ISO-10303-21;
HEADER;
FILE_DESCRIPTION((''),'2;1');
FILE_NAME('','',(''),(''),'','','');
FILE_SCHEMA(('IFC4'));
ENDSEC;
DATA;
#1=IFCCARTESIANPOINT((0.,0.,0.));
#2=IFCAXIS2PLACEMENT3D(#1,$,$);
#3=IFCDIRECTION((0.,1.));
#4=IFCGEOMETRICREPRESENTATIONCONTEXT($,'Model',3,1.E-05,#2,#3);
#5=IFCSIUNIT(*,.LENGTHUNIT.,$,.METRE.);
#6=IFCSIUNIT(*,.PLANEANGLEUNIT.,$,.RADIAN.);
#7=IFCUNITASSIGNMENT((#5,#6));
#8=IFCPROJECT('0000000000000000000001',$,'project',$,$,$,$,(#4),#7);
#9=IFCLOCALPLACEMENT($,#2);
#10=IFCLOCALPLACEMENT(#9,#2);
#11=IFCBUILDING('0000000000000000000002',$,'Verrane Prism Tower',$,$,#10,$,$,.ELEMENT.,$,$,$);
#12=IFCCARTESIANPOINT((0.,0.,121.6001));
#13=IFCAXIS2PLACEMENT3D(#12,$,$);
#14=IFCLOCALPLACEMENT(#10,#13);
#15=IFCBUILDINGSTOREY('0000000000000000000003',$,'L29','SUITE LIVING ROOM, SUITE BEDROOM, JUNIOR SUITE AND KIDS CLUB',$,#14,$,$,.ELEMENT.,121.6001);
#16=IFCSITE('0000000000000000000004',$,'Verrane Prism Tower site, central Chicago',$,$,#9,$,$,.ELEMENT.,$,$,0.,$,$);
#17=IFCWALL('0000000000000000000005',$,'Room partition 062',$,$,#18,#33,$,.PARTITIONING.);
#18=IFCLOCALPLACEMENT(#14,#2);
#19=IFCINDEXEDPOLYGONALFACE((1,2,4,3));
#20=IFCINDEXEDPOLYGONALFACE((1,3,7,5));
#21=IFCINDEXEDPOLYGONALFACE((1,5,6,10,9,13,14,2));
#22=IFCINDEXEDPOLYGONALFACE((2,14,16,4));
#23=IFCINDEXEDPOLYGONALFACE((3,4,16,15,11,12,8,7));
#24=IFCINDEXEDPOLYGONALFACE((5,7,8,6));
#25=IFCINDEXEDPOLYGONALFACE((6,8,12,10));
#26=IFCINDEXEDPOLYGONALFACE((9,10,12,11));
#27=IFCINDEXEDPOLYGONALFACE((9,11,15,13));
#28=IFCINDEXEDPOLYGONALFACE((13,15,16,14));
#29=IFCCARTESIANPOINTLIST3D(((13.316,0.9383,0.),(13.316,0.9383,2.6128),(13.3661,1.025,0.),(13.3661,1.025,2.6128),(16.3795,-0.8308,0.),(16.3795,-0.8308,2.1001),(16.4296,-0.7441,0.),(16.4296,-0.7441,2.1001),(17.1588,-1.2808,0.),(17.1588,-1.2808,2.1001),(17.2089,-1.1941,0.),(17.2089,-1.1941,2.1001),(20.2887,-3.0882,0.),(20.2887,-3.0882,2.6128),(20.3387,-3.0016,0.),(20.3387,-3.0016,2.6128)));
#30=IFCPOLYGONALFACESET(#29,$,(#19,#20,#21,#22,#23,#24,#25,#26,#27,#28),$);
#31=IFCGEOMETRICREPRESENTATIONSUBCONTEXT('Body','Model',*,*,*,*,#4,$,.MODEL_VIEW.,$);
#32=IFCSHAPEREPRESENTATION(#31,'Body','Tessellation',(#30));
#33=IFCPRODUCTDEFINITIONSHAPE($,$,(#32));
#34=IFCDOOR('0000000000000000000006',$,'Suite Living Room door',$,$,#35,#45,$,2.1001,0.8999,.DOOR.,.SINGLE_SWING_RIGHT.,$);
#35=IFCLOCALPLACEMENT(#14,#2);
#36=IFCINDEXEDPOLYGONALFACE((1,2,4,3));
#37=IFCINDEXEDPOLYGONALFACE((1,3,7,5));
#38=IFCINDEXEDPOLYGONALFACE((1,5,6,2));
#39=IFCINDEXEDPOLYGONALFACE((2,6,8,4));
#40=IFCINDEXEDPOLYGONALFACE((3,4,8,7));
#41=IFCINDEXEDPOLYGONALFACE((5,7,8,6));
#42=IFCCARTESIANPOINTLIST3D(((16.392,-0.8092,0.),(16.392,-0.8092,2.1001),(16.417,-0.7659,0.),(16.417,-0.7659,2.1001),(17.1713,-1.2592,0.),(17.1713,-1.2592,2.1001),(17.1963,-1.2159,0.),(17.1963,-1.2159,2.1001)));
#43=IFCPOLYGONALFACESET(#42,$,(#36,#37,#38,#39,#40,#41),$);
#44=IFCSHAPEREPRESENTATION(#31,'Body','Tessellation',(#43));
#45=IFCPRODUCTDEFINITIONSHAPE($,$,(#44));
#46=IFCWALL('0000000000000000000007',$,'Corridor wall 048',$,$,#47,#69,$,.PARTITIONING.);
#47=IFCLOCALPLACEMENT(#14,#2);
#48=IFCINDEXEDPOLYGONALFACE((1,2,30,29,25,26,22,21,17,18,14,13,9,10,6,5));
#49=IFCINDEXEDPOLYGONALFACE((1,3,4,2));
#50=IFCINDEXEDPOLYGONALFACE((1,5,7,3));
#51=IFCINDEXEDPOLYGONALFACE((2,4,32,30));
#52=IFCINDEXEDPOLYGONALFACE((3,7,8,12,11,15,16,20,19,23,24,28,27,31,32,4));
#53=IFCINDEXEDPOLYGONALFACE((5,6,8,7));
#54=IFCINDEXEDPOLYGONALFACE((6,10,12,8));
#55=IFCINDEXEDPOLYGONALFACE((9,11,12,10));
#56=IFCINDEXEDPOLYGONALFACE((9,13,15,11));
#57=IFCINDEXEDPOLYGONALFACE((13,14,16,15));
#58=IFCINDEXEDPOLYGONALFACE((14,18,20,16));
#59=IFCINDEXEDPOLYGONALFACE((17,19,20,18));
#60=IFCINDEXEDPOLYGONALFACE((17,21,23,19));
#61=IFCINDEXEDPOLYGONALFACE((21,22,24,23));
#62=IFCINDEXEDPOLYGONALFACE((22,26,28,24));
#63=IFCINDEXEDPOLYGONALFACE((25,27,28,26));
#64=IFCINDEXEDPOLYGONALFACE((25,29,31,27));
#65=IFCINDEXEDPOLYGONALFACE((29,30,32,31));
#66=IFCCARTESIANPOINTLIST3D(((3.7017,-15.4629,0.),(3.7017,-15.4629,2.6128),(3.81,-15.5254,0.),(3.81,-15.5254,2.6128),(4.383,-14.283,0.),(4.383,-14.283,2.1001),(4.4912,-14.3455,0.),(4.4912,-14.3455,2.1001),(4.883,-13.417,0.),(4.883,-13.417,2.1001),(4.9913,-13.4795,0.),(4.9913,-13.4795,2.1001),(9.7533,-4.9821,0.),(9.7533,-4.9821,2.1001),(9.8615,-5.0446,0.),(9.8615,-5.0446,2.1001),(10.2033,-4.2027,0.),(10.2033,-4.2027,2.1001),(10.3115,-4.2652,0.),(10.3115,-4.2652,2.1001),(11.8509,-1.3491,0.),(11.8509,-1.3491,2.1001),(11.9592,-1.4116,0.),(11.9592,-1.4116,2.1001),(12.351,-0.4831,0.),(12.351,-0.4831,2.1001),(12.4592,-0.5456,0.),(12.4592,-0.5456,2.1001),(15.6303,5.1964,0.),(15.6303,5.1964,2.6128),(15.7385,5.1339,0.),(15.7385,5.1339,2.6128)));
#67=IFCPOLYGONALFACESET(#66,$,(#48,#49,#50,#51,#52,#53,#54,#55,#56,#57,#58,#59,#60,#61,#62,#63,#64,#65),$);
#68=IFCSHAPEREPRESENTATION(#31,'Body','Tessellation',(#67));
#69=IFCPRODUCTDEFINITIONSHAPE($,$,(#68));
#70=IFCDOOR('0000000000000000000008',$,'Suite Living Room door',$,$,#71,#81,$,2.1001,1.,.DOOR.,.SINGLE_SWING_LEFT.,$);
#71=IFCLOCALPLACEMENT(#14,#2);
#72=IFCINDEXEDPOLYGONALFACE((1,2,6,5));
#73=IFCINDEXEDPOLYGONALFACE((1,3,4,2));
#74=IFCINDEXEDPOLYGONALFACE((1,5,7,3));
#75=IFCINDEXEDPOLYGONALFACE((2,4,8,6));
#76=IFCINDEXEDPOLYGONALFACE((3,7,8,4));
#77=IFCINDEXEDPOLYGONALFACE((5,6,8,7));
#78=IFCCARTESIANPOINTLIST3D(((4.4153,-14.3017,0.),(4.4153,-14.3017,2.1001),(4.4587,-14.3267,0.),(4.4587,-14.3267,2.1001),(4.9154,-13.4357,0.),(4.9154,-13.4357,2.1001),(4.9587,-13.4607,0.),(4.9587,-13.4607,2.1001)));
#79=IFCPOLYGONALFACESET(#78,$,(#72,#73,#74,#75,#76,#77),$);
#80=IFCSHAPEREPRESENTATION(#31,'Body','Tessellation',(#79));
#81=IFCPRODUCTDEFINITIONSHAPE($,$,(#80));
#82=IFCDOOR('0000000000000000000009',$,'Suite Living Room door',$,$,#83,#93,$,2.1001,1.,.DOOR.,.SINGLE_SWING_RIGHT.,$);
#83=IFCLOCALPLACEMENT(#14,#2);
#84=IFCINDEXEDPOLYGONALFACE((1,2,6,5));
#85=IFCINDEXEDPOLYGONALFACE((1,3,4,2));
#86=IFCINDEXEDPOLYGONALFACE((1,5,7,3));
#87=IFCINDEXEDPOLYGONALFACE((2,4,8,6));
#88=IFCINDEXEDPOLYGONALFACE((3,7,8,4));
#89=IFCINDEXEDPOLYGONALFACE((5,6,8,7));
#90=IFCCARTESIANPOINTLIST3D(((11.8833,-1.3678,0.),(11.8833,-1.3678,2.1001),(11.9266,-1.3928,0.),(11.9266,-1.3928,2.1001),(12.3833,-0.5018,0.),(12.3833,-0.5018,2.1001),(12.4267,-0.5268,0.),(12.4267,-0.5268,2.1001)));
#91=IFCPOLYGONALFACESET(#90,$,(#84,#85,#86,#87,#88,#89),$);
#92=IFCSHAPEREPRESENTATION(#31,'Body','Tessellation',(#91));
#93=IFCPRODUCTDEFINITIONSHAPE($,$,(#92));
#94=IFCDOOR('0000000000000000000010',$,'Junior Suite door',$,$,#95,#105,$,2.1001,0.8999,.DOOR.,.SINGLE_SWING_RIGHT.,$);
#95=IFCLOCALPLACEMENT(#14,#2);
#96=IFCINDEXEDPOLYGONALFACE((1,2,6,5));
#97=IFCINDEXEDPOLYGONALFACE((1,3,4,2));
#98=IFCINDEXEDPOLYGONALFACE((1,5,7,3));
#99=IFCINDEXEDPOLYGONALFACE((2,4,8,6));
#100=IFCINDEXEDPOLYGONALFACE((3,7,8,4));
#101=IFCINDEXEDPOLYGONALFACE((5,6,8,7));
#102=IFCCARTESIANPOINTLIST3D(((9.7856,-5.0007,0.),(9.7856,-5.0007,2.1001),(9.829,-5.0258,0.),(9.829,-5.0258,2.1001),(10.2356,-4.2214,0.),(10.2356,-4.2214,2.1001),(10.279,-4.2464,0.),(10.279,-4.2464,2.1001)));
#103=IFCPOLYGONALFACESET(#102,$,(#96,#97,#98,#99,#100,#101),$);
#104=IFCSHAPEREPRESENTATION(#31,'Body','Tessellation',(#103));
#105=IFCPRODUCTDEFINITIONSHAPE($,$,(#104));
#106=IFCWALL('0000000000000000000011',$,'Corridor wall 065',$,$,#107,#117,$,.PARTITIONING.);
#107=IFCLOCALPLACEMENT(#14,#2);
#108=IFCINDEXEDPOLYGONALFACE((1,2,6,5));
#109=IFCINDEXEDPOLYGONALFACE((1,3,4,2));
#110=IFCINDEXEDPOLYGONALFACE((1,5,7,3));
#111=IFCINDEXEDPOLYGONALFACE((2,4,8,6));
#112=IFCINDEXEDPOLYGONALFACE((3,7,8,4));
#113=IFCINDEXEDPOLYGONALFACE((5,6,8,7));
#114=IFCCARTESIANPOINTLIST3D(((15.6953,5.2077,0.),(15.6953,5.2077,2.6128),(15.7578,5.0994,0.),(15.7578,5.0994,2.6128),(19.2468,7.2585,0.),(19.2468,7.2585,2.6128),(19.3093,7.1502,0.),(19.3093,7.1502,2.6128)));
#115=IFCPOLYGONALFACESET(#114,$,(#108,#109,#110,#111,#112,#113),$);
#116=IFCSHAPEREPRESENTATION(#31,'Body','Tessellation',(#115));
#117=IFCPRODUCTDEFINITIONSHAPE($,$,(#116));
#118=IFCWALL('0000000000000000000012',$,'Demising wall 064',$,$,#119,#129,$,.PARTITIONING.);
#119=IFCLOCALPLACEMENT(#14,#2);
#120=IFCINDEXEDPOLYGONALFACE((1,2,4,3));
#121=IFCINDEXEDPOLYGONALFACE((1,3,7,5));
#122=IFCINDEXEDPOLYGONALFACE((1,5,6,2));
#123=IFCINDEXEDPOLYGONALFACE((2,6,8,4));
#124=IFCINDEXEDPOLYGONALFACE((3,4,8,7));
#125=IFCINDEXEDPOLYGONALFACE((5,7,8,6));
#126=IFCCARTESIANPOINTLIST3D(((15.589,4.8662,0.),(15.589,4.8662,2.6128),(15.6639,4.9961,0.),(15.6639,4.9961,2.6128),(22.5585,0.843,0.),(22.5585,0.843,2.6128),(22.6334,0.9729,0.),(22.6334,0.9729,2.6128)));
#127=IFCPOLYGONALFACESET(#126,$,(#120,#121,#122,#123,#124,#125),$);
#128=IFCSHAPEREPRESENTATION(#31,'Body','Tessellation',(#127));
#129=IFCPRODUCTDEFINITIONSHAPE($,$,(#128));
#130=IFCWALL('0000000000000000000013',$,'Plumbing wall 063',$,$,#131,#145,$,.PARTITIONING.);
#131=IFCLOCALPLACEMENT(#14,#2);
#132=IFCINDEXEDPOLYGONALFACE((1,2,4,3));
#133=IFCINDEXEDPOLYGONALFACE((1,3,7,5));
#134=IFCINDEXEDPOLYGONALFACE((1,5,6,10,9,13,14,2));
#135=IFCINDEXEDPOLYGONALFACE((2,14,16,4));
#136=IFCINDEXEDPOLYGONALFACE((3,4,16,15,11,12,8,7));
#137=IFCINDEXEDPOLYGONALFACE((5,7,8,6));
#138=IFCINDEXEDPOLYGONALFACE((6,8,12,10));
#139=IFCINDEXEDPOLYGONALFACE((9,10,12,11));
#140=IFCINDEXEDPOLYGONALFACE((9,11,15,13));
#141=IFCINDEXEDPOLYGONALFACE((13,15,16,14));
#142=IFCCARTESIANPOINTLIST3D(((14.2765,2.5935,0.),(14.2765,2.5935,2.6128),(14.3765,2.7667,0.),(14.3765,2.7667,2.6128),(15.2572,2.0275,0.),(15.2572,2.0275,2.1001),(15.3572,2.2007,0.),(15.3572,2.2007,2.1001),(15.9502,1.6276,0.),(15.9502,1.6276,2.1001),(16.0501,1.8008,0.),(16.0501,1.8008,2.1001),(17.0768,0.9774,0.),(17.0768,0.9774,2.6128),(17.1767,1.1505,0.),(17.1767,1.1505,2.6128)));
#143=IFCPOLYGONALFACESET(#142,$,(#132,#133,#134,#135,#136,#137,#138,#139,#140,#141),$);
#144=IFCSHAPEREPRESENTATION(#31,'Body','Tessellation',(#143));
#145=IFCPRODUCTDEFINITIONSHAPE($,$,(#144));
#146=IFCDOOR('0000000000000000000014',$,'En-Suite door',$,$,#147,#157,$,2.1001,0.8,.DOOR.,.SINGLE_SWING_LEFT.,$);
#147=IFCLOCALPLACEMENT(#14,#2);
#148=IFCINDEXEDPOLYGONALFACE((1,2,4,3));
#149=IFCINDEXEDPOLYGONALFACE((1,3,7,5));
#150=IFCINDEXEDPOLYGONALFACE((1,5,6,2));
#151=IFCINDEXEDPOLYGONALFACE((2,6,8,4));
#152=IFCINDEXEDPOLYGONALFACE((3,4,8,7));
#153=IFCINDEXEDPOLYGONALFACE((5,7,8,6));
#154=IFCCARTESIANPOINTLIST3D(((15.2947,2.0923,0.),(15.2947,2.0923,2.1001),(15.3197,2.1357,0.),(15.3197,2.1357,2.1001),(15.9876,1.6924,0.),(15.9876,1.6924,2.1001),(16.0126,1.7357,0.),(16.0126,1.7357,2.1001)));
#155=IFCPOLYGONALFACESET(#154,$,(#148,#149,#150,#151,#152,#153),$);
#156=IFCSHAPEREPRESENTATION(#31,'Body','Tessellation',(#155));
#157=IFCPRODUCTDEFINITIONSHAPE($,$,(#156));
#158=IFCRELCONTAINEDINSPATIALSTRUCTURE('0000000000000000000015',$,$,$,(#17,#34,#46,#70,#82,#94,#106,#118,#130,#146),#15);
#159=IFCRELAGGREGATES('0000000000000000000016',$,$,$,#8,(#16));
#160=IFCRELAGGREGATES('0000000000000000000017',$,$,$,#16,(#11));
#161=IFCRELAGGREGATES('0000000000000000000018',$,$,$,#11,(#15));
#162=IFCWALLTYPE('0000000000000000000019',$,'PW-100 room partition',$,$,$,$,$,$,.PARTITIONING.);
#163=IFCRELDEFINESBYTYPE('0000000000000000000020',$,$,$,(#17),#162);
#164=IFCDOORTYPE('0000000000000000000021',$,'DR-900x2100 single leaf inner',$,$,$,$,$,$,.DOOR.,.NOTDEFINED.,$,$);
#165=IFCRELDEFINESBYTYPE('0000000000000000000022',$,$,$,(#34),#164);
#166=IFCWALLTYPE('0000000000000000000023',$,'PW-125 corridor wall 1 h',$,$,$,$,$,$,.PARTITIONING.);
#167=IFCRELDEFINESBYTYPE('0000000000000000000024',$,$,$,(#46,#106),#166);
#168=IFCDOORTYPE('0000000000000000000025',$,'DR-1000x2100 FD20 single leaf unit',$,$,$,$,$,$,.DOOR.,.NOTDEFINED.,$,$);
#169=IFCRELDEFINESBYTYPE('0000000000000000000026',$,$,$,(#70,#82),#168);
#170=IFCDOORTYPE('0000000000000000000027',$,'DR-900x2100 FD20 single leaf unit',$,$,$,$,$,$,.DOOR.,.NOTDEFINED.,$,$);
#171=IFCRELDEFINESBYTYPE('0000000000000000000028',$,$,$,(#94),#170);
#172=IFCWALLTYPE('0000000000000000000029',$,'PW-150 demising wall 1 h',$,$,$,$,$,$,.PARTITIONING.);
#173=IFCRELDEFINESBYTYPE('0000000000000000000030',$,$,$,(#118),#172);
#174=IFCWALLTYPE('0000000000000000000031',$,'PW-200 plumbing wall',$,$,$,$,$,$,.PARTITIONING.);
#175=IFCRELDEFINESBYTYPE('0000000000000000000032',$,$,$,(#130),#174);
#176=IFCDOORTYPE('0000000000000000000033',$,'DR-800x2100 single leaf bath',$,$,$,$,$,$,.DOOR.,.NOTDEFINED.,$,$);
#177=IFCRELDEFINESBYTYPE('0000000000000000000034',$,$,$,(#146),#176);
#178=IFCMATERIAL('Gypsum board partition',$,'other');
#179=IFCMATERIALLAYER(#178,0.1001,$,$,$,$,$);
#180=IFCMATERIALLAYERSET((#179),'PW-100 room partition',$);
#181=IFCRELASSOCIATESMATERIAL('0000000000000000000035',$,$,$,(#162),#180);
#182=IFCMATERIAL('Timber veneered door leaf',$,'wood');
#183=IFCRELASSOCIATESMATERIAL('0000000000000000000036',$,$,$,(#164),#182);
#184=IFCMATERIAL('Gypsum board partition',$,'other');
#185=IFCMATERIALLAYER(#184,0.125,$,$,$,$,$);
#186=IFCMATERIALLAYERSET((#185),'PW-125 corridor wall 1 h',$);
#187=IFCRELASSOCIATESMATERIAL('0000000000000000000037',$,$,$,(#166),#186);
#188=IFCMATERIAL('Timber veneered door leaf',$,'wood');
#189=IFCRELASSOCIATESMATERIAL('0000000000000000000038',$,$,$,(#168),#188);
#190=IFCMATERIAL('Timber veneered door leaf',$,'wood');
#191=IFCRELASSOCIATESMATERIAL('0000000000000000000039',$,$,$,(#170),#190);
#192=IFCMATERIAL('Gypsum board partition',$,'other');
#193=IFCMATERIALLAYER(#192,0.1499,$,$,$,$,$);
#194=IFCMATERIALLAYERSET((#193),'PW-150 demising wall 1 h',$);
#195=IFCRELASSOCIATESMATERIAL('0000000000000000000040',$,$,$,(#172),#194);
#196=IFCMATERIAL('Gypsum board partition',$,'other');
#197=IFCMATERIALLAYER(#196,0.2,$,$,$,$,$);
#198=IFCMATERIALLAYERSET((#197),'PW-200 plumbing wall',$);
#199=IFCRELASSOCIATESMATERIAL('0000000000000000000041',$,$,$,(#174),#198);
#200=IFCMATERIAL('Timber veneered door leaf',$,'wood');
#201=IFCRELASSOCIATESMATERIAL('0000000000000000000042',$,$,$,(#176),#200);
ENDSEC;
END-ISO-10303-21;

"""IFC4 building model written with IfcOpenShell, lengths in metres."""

from ifc_helpers import new_model, si_unit, direction, frame, frame_2d, origin, place, context, subcontext, project, spatial, rectangle, extrude, material, layer, layer_set, type_object, element, fill, save


model = new_model("IFC4")

# Units and contexts
model_context = context("Model", 3, precision=1e-05, world=origin(), true_north=direction((0.0, 1.0)))
body_context = subcontext(model_context, "Body", "Model", "MODEL_VIEW")
ifc_project = project(units=[si_unit("LENGTHUNIT", "METRE"), si_unit("PLANEANGLEUNIT", "RADIAN")], contexts=[model_context])

# Site, building, storey
site_placement = place(None, origin())
site = spatial("IfcSite", under=ifc_project, at=site_placement, Name="Verrane Prism Tower site, central Chicago", CompositionType="ELEMENT", RefElevation=0.0)
building_placement = place(site_placement, origin())
building = spatial("IfcBuilding", under=site, at=building_placement, Name="Verrane Prism Tower", CompositionType="ELEMENT")
storey_placement = place(building_placement, frame((0.0, 0.0, 121.6001)))
storey = spatial("IfcBuildingStorey", under=building, at=storey_placement, Name="L29", Description="SUITE LIVING ROOM, SUITE BEDROOM, JUNIOR SUITE AND KIDS CLUB", CompositionType="ELEMENT", Elevation=121.6001)

# Wall, opening, door
ifc_material_1 = material(Name="Gypsum board partition", Category="other")
ifc_layer_1 = layer(ifc_material_1, 0.1001)
ifc_layer_set_1 = layer_set([ifc_layer_1], Name="PW-100 room partition")
wall_type_1 = type_object("IfcWallType", Name="PW-100 room partition", PredefinedType="PARTITIONING", material=ifc_layer_set_1)
wall_1_placement = place(storey_placement, frame((13.3411, 0.9817, 0.0), z_axis=(0.0, 0.0, 1.0), x_axis=(0.865975, -0.500088, 0.0)))
wall_1 = element("IfcWall", 1, at=wall_1_placement, inside=storey, type_object=wall_type_1, Name="Room partition 062", PredefinedType="PARTITIONING", context=body_context, shape_type="SweptSolid", body=[
    extrude(rectangle(XDim=8.0518, YDim=0.1001, at=frame_2d((4.0259, 0.0))), origin(), (0.0, 0.0, 1.0), 2.6128),
])
opening_1_placement = place(wall_1_placement, frame((3.5376, 0.0, 0.0)))
opening_1 = element("IfcOpeningElement", 2, at=opening_1_placement, cuts=wall_1, PredefinedType="OPENING", context=body_context, shape_type="SweptSolid", body=[
    extrude(rectangle(XDim=0.8999, YDim=2.1001, at=frame_2d((0.45, 1.05))), frame((0.0, 0.0601, 0.0), z_axis=(0.0, -1.0, 0.0), x_axis=(1.0, 0.0, 0.0)), (0.0, 0.0, 1.0), 0.1201),
])
ifc_material_2 = material(Name="Timber veneered door leaf", Category="wood")
door_type_1 = type_object("IfcDoorType", Name="DR-900x2100 single leaf inner", OperationType="NOTDEFINED", PredefinedType="DOOR", material=ifc_material_2)
door_1_placement = place(opening_1_placement, origin())
door_1 = element("IfcDoor", 3, at=door_1_placement, inside=storey, type_object=door_type_1, Name="Suite Living Room door", OperationType="SINGLE_SWING_RIGHT", OverallHeight=2.1001, OverallWidth=0.8999, PredefinedType="DOOR", context=body_context, shape_type="SweptSolid", body=[
    extrude(rectangle(XDim=0.8999, YDim=2.1001, at=frame_2d((0.45, 1.05))), frame((0.0, 0.0249, 0.0), z_axis=(0.0, -1.0, 0.0), x_axis=(1.0, 0.0, 0.0)), (0.0, 0.0, 1.0), 0.05),
])
fill(opening_1, door_1)

# Wall, openings, doors
ifc_material_3 = material(Name="Gypsum board partition", Category="other")
ifc_layer_2 = layer(ifc_material_3, 0.125)
ifc_layer_set_2 = layer_set([ifc_layer_2], Name="PW-125 corridor wall 1 h")
wall_type_2 = type_object("IfcWallType", Name="PW-125 corridor wall 1 h", PredefinedType="PARTITIONING", material=ifc_layer_set_2)
wall_2_placement = place(storey_placement, frame((15.6843, 5.165, 0.0), z_axis=(0.0, 0.0, 1.0), x_axis=(-0.500028, -0.866009, 0.0)))
wall_2 = element("IfcWall", 4, at=wall_2_placement, inside=storey, type_object=wall_type_2, Name="Corridor wall 048", PredefinedType="PARTITIONING", context=body_context, shape_type="SweptSolid", body=[
    extrude(rectangle(XDim=23.8557, YDim=0.125, at=frame_2d((11.9277, 0.0))), origin(), (0.0, 0.0, 1.0), 2.6128),
])
opening_2_placement = place(wall_2_placement, frame((21.4932, 0.0, 0.0)))
opening_2 = element("IfcOpeningElement", 5, at=opening_2_placement, cuts=wall_2, PredefinedType="OPENING", context=body_context, shape_type="SweptSolid", body=[
    extrude(rectangle(XDim=1.0, YDim=2.1001, at=frame_2d((0.5, 1.05))), frame((0.0, 0.0725, 0.0), z_axis=(0.0, -1.0, 0.0), x_axis=(1.0, 0.0, 0.0)), (0.0, 0.0, 1.0), 0.145),
])
opening_3_placement = place(wall_2_placement, frame((10.8533, 0.0, 0.0)))
opening_3 = element("IfcOpeningElement", 6, at=opening_3_placement, cuts=wall_2, PredefinedType="OPENING", context=body_context, shape_type="SweptSolid", body=[
    extrude(rectangle(XDim=0.8999, YDim=2.1001, at=frame_2d((0.45, 1.05))), frame((0.0, 0.0725, 0.0), z_axis=(0.0, -1.0, 0.0), x_axis=(1.0, 0.0, 0.0)), (0.0, 0.0, 1.0), 0.145),
])
opening_4_placement = place(wall_2_placement, frame((6.5581, 0.0, 0.0)))
opening_4 = element("IfcOpeningElement", 7, at=opening_4_placement, cuts=wall_2, PredefinedType="OPENING", context=body_context, shape_type="SweptSolid", body=[
    extrude(rectangle(XDim=1.0, YDim=2.1001, at=frame_2d((0.5, 1.05))), frame((0.0, 0.0725, 0.0), z_axis=(0.0, -1.0, 0.0), x_axis=(1.0, 0.0, 0.0)), (0.0, 0.0, 1.0), 0.145),
])
ifc_material_4 = material(Name="Timber veneered door leaf", Category="wood")
door_type_2 = type_object("IfcDoorType", Name="DR-1000x2100 FD20 single leaf unit", OperationType="NOTDEFINED", PredefinedType="DOOR", material=ifc_material_4)
door_2_placement = place(opening_2_placement, origin())
door_2 = element("IfcDoor", 8, at=door_2_placement, inside=storey, type_object=door_type_2, Name="Suite Living Room door", OperationType="SINGLE_SWING_LEFT", OverallHeight=2.1001, OverallWidth=1.0, PredefinedType="DOOR", context=body_context, shape_type="SweptSolid", body=[
    extrude(rectangle(XDim=1.0, YDim=2.1001, at=frame_2d((0.5, 1.05))), frame((0.0, 0.0249, 0.0), z_axis=(0.0, -1.0, 0.0), x_axis=(1.0, 0.0, 0.0)), (0.0, 0.0, 1.0), 0.05),
])
fill(opening_2, door_2)
door_3_placement = place(opening_4_placement, origin())
door_3 = element("IfcDoor", 9, at=door_3_placement, inside=storey, type_object=door_type_2, Name="Suite Living Room door", OperationType="SINGLE_SWING_RIGHT", OverallHeight=2.1001, OverallWidth=1.0, PredefinedType="DOOR", context=body_context, shape_type="SweptSolid", body=[
    extrude(rectangle(XDim=1.0, YDim=2.1001, at=frame_2d((0.5, 1.05))), frame((0.0, 0.0249, 0.0), z_axis=(0.0, -1.0, 0.0), x_axis=(1.0, 0.0, 0.0)), (0.0, 0.0, 1.0), 0.05),
])
fill(opening_4, door_3)
ifc_material_5 = material(Name="Timber veneered door leaf", Category="wood")
door_type_3 = type_object("IfcDoorType", Name="DR-900x2100 FD20 single leaf unit", OperationType="NOTDEFINED", PredefinedType="DOOR", material=ifc_material_5)
door_4_placement = place(opening_3_placement, origin())
door_4 = element("IfcDoor", 10, at=door_4_placement, inside=storey, type_object=door_type_3, Name="Junior Suite door", OperationType="SINGLE_SWING_RIGHT", OverallHeight=2.1001, OverallWidth=0.8999, PredefinedType="DOOR", context=body_context, shape_type="SweptSolid", body=[
    extrude(rectangle(XDim=0.8999, YDim=2.1001, at=frame_2d((0.45, 1.05))), frame((0.0, 0.0249, 0.0), z_axis=(0.0, -1.0, 0.0), x_axis=(1.0, 0.0, 0.0)), (0.0, 0.0, 1.0), 0.05),
])
fill(opening_3, door_4)

# Walls
wall_3_placement = place(storey_placement, frame((15.7266, 5.1536, 0.0), z_axis=(0.0, 0.0, 1.0), x_axis=(0.865992, 0.500057, 0.0)))
element("IfcWall", 11, at=wall_3_placement, inside=storey, type_object=wall_type_2, Name="Corridor wall 065", PredefinedType="PARTITIONING", context=body_context, shape_type="SweptSolid", body=[
    extrude(rectangle(XDim=4.1011, YDim=0.125, at=frame_2d((2.0505, 0.0))), origin(), (0.0, 0.0, 1.0), 2.6128),
])
ifc_material_6 = material(Name="Gypsum board partition", Category="other")
ifc_layer_3 = layer(ifc_material_6, 0.1499)
ifc_layer_set_3 = layer_set([ifc_layer_3], Name="PW-150 demising wall 1 h")
wall_type_3 = type_object("IfcWallType", Name="PW-150 demising wall 1 h", PredefinedType="PARTITIONING", material=ifc_layer_set_3)
wall_4_placement = place(storey_placement, frame((15.6265, 4.9312, 0.0), z_axis=(0.0, 0.0, 1.0), x_axis=(0.86606, -0.49994, 0.0)))
element("IfcWall", 12, at=wall_4_placement, inside=storey, type_object=wall_type_3, Name="Demising wall 064", PredefinedType="PARTITIONING", context=body_context, shape_type="SweptSolid", body=[
    extrude(rectangle(XDim=8.0474, YDim=0.1499, at=frame_2d((4.0237, 0.0))), origin(), (0.0, 0.0, 1.0), 2.6128),
])

# Wall, opening, door
ifc_material_7 = material(Name="Gypsum board partition", Category="other")
ifc_layer_4 = layer(ifc_material_7, 0.2)
ifc_layer_set_4 = layer_set([ifc_layer_4], Name="PW-200 plumbing wall")
wall_type_4 = type_object("IfcWallType", Name="PW-200 plumbing wall", PredefinedType="PARTITIONING", material=ifc_layer_set_4)
wall_5_placement = place(storey_placement, frame((14.3264, 2.6802, 0.0), z_axis=(0.0, 0.0, 1.0), x_axis=(0.866098, -0.499875, 0.0)))
wall_5 = element("IfcWall", 13, at=wall_5_placement, inside=storey, type_object=wall_type_4, Name="Plumbing wall 063", PredefinedType="PARTITIONING", context=body_context, shape_type="SweptSolid", body=[
    extrude(rectangle(XDim=3.2332, YDim=0.2, at=frame_2d((1.6167, 0.0))), origin(), (0.0, 0.0, 1.0), 2.6128),
])
opening_5_placement = place(wall_5_placement, frame((1.1326, 0.0, 0.0)))
opening_5 = element("IfcOpeningElement", 14, at=opening_5_placement, cuts=wall_5, PredefinedType="OPENING", context=body_context, shape_type="SweptSolid", body=[
    extrude(rectangle(XDim=0.8, YDim=2.1001, at=frame_2d((0.3999, 1.05))), frame((0.0, 0.1099, 0.0), z_axis=(0.0, -1.0, 0.0), x_axis=(1.0, 0.0, 0.0)), (0.0, 0.0, 1.0), 0.22),
])
ifc_material_8 = material(Name="Timber veneered door leaf", Category="wood")
door_type_4 = type_object("IfcDoorType", Name="DR-800x2100 single leaf bath", OperationType="NOTDEFINED", PredefinedType="DOOR", material=ifc_material_8)
door_5_placement = place(opening_5_placement, origin())
door_5 = element("IfcDoor", 15, at=door_5_placement, inside=storey, type_object=door_type_4, Name="En-Suite door", OperationType="SINGLE_SWING_LEFT", OverallHeight=2.1001, OverallWidth=0.8, PredefinedType="DOOR", context=body_context, shape_type="SweptSolid", body=[
    extrude(rectangle(XDim=0.8, YDim=2.1001, at=frame_2d((0.3999, 1.05))), frame((0.0, 0.0249, 0.0), z_axis=(0.0, -1.0, 0.0), x_axis=(1.0, 0.0, 0.0)), (0.0, 0.0, 1.0), 0.05),
])
fill(opening_5, door_5)

save(model, "model.ifc")
